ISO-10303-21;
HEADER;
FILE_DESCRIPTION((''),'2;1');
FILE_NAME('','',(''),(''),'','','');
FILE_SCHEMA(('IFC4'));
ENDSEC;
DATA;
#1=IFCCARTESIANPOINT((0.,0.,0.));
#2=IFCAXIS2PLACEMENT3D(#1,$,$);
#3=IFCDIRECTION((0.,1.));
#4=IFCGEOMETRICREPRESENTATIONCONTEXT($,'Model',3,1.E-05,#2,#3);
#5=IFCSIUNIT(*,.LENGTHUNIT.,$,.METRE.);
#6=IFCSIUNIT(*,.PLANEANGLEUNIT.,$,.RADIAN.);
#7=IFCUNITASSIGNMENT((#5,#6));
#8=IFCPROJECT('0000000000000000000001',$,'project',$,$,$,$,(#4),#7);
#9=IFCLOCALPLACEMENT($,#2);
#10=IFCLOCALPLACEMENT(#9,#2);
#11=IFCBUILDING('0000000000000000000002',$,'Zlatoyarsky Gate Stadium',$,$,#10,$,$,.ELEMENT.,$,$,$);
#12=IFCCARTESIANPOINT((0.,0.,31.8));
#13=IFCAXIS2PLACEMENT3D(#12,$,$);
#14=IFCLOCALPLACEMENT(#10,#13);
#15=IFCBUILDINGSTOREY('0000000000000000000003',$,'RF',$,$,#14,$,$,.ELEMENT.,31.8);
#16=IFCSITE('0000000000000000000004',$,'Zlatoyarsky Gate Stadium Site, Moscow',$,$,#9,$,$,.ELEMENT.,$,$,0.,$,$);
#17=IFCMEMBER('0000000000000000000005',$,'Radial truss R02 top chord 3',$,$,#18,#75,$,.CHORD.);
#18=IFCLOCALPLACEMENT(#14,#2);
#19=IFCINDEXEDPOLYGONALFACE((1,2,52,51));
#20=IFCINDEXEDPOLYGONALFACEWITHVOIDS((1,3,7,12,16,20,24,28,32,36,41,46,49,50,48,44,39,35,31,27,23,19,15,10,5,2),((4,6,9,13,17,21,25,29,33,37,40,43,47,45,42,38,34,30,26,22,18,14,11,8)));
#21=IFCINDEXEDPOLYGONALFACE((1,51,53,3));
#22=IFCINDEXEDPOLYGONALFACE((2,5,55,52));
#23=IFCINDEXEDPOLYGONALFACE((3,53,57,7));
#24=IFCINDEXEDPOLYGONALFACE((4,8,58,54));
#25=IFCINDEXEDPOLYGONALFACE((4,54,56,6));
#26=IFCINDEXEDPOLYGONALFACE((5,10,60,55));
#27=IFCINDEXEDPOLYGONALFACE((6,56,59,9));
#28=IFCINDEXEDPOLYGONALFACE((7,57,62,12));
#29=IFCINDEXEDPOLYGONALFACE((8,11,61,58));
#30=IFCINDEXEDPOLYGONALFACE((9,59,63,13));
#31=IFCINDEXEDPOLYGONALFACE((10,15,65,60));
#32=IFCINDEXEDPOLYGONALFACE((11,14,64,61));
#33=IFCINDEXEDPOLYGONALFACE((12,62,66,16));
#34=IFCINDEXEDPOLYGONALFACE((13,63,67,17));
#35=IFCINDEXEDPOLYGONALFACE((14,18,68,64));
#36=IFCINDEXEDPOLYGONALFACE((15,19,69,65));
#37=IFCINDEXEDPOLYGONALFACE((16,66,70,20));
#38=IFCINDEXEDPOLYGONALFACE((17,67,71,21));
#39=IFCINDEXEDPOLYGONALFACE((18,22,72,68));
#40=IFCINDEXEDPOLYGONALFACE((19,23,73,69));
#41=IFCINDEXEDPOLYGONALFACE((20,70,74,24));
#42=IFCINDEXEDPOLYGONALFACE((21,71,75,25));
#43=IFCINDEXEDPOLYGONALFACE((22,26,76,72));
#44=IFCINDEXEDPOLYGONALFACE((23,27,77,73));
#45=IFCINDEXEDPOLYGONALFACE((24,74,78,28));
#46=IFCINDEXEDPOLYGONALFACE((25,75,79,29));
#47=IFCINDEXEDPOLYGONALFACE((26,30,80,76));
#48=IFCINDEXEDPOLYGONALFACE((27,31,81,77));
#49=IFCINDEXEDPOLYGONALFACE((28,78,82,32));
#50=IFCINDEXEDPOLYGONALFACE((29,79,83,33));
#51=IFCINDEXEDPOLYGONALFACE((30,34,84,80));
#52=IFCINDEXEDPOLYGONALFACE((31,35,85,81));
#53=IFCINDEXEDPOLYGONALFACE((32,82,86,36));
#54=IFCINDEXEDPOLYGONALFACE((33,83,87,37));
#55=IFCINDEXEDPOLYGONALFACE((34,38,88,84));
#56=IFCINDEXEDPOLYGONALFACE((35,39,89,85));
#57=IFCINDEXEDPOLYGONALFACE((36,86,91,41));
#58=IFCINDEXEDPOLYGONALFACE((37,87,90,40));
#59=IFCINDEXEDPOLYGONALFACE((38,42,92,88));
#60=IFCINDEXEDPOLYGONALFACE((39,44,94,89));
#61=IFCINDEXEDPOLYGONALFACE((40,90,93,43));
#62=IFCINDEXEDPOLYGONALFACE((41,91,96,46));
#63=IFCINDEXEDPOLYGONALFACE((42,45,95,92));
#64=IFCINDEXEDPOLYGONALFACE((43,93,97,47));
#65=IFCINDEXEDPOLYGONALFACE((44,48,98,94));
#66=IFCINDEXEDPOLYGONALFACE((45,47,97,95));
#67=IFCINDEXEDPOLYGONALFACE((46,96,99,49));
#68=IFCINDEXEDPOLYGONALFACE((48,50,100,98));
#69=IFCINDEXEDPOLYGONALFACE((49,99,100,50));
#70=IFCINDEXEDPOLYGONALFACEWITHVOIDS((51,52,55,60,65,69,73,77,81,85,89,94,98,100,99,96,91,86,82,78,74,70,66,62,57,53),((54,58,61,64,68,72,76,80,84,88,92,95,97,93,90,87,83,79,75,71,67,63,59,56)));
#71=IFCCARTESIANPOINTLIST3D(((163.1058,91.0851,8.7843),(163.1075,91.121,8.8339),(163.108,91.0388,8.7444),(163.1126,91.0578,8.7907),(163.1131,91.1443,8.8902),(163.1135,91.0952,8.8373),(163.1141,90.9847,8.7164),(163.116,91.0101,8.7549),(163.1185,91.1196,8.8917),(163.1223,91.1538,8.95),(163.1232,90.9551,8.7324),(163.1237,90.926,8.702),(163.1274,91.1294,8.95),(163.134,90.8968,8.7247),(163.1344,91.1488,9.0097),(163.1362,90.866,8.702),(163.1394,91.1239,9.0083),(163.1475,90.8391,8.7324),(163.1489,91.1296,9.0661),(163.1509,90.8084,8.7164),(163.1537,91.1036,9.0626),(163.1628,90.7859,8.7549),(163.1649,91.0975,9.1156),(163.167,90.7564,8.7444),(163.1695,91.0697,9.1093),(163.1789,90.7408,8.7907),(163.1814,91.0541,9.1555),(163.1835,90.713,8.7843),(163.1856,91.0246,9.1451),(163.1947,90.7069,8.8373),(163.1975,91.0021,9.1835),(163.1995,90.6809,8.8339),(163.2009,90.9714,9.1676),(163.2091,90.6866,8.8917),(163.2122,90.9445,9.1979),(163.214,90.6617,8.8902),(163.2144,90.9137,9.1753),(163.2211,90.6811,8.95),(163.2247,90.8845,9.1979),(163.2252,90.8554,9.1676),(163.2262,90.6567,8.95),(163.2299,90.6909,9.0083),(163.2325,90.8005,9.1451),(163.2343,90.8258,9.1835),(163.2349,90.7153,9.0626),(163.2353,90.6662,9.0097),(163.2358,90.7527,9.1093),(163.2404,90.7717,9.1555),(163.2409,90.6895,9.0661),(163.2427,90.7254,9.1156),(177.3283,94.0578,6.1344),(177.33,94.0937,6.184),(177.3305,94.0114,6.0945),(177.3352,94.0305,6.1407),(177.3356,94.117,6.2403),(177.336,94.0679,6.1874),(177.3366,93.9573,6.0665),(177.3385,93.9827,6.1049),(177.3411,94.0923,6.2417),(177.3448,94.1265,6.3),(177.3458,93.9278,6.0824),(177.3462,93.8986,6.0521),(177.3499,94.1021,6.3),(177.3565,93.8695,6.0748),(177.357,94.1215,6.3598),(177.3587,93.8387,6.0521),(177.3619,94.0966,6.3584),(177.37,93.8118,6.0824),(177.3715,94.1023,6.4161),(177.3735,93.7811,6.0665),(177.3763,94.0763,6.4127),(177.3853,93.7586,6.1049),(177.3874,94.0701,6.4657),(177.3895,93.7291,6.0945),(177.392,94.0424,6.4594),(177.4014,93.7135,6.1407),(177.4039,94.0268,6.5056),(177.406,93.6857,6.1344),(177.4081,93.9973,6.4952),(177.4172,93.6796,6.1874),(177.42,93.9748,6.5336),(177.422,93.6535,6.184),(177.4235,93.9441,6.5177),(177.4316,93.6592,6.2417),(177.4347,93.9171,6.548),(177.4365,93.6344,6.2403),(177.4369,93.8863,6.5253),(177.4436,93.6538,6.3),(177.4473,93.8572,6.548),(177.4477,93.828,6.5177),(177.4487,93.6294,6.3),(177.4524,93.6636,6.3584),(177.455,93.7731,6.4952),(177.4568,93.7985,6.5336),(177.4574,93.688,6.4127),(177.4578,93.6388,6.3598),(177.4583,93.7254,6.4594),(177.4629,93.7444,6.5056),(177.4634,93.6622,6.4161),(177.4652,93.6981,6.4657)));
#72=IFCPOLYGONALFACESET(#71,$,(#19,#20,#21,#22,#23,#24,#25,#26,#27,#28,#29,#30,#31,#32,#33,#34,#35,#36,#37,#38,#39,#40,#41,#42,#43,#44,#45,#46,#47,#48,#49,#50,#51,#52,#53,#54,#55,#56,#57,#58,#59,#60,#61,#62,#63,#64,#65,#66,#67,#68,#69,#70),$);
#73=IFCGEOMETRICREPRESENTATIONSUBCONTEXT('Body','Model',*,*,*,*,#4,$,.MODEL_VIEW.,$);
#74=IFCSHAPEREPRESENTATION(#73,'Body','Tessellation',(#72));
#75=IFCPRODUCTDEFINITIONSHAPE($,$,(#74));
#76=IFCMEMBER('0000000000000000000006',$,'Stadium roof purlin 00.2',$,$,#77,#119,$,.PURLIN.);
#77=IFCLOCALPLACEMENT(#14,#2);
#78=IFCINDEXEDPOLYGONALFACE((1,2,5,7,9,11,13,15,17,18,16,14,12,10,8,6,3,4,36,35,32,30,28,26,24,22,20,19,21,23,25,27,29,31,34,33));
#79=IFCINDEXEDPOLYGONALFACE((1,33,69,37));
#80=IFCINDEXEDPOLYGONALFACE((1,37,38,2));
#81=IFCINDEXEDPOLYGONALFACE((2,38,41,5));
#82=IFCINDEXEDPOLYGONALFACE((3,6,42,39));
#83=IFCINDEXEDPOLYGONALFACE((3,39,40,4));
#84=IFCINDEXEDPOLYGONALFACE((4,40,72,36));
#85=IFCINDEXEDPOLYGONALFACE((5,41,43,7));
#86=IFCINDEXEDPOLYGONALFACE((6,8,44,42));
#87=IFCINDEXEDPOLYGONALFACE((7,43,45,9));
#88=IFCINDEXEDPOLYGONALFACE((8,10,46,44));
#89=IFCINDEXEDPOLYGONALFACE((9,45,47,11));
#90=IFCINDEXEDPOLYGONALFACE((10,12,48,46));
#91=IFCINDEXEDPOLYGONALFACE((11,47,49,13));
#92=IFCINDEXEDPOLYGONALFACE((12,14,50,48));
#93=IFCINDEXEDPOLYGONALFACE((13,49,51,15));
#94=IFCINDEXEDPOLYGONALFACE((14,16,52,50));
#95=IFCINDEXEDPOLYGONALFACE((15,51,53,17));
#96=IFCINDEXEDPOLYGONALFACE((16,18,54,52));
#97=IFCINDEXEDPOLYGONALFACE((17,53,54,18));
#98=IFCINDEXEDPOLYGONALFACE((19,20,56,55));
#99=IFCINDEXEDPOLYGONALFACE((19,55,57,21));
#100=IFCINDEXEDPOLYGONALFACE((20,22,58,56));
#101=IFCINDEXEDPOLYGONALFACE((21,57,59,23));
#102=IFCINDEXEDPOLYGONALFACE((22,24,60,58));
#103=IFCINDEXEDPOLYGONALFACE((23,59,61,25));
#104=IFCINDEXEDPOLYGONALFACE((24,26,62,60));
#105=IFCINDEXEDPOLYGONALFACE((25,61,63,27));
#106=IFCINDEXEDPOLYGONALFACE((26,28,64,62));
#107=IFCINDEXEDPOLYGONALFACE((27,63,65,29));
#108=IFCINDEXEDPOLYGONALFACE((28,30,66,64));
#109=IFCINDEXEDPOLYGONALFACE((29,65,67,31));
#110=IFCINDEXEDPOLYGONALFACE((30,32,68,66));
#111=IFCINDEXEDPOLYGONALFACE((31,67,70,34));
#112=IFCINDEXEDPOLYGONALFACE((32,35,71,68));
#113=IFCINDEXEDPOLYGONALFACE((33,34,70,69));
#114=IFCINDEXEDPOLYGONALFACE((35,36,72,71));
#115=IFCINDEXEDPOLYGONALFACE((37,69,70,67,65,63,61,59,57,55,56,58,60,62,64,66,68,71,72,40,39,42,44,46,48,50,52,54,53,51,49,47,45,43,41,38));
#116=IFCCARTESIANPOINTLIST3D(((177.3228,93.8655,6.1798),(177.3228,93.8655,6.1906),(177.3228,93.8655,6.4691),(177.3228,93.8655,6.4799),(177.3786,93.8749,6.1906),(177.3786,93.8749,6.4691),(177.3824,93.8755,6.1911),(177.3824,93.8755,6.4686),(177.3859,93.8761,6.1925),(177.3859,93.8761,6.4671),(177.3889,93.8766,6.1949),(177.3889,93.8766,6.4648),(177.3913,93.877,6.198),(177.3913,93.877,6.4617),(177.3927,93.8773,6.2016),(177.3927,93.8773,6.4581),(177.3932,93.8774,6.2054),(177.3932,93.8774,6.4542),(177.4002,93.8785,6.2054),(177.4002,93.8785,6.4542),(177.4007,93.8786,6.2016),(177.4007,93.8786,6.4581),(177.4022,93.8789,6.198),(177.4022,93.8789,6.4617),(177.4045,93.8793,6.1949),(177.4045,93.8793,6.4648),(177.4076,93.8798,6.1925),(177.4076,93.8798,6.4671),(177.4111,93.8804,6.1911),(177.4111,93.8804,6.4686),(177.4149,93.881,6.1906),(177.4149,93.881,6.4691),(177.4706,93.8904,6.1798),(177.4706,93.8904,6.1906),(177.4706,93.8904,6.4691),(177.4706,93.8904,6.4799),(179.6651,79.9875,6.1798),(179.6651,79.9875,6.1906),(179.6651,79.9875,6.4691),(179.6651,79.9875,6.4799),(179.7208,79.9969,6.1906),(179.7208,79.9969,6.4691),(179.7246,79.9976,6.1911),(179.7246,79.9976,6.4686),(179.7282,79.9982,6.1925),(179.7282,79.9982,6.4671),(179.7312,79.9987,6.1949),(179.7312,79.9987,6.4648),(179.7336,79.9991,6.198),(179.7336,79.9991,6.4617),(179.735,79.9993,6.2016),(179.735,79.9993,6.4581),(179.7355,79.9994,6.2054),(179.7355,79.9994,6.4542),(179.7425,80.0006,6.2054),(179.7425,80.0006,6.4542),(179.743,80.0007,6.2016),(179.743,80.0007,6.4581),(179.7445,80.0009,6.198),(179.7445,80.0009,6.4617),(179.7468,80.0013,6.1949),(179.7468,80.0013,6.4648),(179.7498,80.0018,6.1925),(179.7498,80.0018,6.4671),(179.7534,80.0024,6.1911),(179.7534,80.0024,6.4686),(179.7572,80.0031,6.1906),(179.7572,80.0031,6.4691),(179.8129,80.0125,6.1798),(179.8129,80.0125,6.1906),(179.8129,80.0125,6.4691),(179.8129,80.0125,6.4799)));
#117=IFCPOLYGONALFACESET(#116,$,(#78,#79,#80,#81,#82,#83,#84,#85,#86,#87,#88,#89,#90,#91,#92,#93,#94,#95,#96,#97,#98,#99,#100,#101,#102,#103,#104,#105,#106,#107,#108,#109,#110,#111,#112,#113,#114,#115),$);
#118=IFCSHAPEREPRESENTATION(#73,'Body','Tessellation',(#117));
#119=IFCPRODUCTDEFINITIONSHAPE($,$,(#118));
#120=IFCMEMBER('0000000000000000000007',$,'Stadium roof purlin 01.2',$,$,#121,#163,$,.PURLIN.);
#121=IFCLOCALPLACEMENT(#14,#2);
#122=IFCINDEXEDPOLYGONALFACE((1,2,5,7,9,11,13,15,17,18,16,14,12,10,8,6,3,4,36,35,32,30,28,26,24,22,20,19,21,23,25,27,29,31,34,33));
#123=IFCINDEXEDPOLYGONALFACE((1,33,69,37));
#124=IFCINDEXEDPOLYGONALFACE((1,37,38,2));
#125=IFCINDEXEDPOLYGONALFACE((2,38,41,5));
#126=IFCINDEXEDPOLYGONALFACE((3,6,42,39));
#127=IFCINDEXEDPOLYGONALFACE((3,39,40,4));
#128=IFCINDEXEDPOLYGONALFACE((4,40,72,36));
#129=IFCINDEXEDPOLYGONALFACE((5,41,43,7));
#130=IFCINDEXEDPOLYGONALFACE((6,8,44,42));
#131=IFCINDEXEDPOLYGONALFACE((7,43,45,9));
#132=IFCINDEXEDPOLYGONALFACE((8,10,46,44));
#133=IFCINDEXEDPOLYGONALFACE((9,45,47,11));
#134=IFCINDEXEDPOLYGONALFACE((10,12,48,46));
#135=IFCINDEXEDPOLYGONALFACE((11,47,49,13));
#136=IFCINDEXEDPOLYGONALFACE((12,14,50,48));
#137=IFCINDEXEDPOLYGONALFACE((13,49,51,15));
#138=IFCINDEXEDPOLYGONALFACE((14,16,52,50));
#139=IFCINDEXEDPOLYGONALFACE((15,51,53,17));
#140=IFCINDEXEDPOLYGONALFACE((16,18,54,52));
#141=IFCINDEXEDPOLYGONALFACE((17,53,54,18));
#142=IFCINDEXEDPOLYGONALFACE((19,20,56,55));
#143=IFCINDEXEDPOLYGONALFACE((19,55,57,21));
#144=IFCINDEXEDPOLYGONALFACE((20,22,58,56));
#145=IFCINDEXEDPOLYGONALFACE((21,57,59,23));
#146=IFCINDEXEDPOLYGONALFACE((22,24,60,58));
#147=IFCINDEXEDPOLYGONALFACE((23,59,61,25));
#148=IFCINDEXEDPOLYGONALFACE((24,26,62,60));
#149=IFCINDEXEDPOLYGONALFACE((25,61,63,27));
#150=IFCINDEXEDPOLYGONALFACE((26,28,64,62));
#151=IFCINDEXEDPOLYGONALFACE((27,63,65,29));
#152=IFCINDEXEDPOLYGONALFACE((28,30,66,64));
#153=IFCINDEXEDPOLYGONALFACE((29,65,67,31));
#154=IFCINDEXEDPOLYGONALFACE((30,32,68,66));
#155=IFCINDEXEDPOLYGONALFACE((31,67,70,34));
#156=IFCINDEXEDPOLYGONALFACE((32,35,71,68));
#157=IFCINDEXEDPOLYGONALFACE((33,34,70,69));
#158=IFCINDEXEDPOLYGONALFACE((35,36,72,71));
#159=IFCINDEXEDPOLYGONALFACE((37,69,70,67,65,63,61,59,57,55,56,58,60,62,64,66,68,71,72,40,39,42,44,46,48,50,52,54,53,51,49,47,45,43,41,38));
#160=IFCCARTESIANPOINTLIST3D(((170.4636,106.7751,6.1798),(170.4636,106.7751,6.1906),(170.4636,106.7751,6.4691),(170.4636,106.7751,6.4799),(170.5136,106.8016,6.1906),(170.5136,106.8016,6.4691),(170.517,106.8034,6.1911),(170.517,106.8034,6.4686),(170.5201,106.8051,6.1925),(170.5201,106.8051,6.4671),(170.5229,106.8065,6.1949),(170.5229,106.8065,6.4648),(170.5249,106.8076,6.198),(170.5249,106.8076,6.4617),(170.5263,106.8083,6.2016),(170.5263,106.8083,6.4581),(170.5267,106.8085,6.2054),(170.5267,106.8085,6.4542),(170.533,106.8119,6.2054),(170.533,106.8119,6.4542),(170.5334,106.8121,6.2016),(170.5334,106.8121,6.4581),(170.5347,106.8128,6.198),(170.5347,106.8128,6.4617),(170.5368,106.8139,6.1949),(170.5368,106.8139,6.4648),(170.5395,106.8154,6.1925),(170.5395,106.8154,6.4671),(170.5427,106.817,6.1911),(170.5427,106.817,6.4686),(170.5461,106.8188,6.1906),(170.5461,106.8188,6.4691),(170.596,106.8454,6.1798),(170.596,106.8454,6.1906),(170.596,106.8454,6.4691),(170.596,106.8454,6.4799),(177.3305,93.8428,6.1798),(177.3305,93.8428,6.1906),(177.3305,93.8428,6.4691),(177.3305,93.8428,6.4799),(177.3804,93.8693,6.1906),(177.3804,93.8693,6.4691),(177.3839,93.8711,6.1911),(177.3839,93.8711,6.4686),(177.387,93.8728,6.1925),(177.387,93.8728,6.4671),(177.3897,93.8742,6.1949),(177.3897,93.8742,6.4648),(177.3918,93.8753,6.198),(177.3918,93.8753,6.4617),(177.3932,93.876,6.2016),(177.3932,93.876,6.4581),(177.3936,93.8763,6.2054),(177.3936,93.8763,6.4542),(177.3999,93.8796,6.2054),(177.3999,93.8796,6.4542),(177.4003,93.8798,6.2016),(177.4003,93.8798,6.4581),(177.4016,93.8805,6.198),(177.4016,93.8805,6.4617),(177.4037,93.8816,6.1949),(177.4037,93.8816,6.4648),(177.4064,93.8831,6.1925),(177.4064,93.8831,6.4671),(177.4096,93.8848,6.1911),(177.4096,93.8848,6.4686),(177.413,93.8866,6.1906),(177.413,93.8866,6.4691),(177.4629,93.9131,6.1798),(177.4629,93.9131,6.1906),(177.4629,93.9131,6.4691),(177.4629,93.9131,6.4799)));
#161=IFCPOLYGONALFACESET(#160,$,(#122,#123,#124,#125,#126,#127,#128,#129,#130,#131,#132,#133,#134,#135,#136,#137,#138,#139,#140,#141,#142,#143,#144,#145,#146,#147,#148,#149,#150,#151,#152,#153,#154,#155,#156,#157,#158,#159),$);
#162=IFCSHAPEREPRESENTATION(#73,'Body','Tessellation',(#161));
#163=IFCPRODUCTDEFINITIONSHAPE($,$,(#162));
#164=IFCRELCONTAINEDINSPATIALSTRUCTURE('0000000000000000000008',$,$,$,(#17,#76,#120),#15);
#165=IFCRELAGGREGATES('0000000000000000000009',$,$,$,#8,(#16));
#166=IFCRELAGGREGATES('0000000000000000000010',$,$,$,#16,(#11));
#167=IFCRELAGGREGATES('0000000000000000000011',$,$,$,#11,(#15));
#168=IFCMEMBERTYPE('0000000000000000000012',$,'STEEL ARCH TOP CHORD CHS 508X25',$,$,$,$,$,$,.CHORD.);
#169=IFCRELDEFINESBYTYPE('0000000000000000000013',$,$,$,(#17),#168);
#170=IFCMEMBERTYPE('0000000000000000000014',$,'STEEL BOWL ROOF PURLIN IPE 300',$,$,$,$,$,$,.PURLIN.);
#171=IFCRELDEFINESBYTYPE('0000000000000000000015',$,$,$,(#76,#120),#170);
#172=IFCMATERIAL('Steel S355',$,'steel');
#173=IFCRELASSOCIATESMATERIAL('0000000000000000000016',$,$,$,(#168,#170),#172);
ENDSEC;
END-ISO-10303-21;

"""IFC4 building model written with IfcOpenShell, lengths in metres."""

from ifc_helpers import new_model, si_unit, direction, frame, origin, origin_2d, place, context, subcontext, project, spatial, hollow_circle, i_section, extrude, material, material_profile, profile_set, type_object, element, save


model = new_model("IFC4")

# Units and contexts
model_context = context("Model", 3, precision=1e-05, world=origin(), true_north=direction((0.0, 1.0)))
body_context = subcontext(model_context, "Body", "Model", "MODEL_VIEW")
ifc_project = project(units=[si_unit("LENGTHUNIT", "METRE"), si_unit("PLANEANGLEUNIT", "RADIAN")], contexts=[model_context])

# Site, building, storey
site_placement = place(None, origin())
site = spatial("IfcSite", under=ifc_project, at=site_placement, Name="Zlatoyarsky Gate Stadium Site, Moscow", CompositionType="ELEMENT", RefElevation=0.0)
building_placement = place(site_placement, origin())
building = spatial("IfcBuilding", under=site, at=building_placement, Name="Zlatoyarsky Gate Stadium", CompositionType="ELEMENT")
storey_placement = place(building_placement, frame((0.0, 0.0, 31.8)))
storey = spatial("IfcBuildingStorey", under=building, at=storey_placement, Name="RF", CompositionType="ELEMENT", Elevation=31.8)

# Members
ifc_material_1 = material(Name="Steel S355", Category="steel")
ifc_material_profile_1 = material_profile(ifc_material_1, hollow_circle(Radius=0.2539, WallThickness=0.0249, at=origin_2d()), Name="CHS 508X25")
ifc_profile_set_1 = profile_set([ifc_material_profile_1], Name="Steel S355")
member_type_1 = type_object("IfcMemberType", Name="STEEL ARCH TOP CHORD CHS 508X25", PredefinedType="CHORD", material=ifc_profile_set_1)
member_1_placement = place(storey_placement, frame((177.3967, 93.8779, 6.3), z_axis=(-0.962964, -0.201271, 0.179418), x_axis=(0.204591, -0.978848, 0.0)))
element("IfcMember", 1, at=member_1_placement, inside=storey, type_object=member_type_1, Name="Radial truss R02 top chord 3", PredefinedType="CHORD", context=body_context, shape_type="SweptSolid", body=[
    extrude(hollow_circle(Radius=0.2539, WallThickness=0.0249, at=origin_2d()), origin(), (0.0, 0.0, 1.0), 14.7695),
])
ifc_material_profile_2 = material_profile(ifc_material_1, i_section(OverallWidth=0.1499, OverallDepth=0.3, WebThickness=0.0071, FlangeThickness=0.0107, FilletRadius=0.0149, at=origin_2d()), Name="IPE 300")
ifc_profile_set_2 = profile_set([ifc_material_profile_2], Name="Steel S355")
member_type_2 = type_object("IfcMemberType", Name="STEEL BOWL ROOF PURLIN IPE 300", PredefinedType="PURLIN", material=ifc_profile_set_2)
member_2_placement = place(storey_placement, frame((179.739, 80.0, 6.3298), z_axis=(-0.166424, 0.986054, 0.0), x_axis=(-0.986054, -0.166424, 0.0)))
element("IfcMember", 2, at=member_2_placement, inside=storey, type_object=member_type_2, Name="Stadium roof purlin 00.2", PredefinedType="PURLIN", context=body_context, shape_type="SweptSolid", body=[
    extrude(i_section(OverallWidth=0.1499, OverallDepth=0.3, WebThickness=0.0071, FlangeThickness=0.0107, FilletRadius=0.0149, at=origin_2d()), origin(), (0.0, 0.0, 1.0), 14.0742),
])
member_3_placement = place(storey_placement, frame((177.3967, 93.8779, 6.3298), z_axis=(-0.468975, 0.883211, 0.0), x_axis=(-0.883211, -0.468975, 0.0)))
element("IfcMember", 3, at=member_3_placement, inside=storey, type_object=member_type_2, Name="Stadium roof purlin 01.2", PredefinedType="PURLIN", context=body_context, shape_type="SweptSolid", body=[
    extrude(i_section(OverallWidth=0.1499, OverallDepth=0.3, WebThickness=0.0071, FlangeThickness=0.0107, FilletRadius=0.0149, at=origin_2d()), origin(), (0.0, 0.0, 1.0), 14.6423),
])

save(model, "model.ifc")
